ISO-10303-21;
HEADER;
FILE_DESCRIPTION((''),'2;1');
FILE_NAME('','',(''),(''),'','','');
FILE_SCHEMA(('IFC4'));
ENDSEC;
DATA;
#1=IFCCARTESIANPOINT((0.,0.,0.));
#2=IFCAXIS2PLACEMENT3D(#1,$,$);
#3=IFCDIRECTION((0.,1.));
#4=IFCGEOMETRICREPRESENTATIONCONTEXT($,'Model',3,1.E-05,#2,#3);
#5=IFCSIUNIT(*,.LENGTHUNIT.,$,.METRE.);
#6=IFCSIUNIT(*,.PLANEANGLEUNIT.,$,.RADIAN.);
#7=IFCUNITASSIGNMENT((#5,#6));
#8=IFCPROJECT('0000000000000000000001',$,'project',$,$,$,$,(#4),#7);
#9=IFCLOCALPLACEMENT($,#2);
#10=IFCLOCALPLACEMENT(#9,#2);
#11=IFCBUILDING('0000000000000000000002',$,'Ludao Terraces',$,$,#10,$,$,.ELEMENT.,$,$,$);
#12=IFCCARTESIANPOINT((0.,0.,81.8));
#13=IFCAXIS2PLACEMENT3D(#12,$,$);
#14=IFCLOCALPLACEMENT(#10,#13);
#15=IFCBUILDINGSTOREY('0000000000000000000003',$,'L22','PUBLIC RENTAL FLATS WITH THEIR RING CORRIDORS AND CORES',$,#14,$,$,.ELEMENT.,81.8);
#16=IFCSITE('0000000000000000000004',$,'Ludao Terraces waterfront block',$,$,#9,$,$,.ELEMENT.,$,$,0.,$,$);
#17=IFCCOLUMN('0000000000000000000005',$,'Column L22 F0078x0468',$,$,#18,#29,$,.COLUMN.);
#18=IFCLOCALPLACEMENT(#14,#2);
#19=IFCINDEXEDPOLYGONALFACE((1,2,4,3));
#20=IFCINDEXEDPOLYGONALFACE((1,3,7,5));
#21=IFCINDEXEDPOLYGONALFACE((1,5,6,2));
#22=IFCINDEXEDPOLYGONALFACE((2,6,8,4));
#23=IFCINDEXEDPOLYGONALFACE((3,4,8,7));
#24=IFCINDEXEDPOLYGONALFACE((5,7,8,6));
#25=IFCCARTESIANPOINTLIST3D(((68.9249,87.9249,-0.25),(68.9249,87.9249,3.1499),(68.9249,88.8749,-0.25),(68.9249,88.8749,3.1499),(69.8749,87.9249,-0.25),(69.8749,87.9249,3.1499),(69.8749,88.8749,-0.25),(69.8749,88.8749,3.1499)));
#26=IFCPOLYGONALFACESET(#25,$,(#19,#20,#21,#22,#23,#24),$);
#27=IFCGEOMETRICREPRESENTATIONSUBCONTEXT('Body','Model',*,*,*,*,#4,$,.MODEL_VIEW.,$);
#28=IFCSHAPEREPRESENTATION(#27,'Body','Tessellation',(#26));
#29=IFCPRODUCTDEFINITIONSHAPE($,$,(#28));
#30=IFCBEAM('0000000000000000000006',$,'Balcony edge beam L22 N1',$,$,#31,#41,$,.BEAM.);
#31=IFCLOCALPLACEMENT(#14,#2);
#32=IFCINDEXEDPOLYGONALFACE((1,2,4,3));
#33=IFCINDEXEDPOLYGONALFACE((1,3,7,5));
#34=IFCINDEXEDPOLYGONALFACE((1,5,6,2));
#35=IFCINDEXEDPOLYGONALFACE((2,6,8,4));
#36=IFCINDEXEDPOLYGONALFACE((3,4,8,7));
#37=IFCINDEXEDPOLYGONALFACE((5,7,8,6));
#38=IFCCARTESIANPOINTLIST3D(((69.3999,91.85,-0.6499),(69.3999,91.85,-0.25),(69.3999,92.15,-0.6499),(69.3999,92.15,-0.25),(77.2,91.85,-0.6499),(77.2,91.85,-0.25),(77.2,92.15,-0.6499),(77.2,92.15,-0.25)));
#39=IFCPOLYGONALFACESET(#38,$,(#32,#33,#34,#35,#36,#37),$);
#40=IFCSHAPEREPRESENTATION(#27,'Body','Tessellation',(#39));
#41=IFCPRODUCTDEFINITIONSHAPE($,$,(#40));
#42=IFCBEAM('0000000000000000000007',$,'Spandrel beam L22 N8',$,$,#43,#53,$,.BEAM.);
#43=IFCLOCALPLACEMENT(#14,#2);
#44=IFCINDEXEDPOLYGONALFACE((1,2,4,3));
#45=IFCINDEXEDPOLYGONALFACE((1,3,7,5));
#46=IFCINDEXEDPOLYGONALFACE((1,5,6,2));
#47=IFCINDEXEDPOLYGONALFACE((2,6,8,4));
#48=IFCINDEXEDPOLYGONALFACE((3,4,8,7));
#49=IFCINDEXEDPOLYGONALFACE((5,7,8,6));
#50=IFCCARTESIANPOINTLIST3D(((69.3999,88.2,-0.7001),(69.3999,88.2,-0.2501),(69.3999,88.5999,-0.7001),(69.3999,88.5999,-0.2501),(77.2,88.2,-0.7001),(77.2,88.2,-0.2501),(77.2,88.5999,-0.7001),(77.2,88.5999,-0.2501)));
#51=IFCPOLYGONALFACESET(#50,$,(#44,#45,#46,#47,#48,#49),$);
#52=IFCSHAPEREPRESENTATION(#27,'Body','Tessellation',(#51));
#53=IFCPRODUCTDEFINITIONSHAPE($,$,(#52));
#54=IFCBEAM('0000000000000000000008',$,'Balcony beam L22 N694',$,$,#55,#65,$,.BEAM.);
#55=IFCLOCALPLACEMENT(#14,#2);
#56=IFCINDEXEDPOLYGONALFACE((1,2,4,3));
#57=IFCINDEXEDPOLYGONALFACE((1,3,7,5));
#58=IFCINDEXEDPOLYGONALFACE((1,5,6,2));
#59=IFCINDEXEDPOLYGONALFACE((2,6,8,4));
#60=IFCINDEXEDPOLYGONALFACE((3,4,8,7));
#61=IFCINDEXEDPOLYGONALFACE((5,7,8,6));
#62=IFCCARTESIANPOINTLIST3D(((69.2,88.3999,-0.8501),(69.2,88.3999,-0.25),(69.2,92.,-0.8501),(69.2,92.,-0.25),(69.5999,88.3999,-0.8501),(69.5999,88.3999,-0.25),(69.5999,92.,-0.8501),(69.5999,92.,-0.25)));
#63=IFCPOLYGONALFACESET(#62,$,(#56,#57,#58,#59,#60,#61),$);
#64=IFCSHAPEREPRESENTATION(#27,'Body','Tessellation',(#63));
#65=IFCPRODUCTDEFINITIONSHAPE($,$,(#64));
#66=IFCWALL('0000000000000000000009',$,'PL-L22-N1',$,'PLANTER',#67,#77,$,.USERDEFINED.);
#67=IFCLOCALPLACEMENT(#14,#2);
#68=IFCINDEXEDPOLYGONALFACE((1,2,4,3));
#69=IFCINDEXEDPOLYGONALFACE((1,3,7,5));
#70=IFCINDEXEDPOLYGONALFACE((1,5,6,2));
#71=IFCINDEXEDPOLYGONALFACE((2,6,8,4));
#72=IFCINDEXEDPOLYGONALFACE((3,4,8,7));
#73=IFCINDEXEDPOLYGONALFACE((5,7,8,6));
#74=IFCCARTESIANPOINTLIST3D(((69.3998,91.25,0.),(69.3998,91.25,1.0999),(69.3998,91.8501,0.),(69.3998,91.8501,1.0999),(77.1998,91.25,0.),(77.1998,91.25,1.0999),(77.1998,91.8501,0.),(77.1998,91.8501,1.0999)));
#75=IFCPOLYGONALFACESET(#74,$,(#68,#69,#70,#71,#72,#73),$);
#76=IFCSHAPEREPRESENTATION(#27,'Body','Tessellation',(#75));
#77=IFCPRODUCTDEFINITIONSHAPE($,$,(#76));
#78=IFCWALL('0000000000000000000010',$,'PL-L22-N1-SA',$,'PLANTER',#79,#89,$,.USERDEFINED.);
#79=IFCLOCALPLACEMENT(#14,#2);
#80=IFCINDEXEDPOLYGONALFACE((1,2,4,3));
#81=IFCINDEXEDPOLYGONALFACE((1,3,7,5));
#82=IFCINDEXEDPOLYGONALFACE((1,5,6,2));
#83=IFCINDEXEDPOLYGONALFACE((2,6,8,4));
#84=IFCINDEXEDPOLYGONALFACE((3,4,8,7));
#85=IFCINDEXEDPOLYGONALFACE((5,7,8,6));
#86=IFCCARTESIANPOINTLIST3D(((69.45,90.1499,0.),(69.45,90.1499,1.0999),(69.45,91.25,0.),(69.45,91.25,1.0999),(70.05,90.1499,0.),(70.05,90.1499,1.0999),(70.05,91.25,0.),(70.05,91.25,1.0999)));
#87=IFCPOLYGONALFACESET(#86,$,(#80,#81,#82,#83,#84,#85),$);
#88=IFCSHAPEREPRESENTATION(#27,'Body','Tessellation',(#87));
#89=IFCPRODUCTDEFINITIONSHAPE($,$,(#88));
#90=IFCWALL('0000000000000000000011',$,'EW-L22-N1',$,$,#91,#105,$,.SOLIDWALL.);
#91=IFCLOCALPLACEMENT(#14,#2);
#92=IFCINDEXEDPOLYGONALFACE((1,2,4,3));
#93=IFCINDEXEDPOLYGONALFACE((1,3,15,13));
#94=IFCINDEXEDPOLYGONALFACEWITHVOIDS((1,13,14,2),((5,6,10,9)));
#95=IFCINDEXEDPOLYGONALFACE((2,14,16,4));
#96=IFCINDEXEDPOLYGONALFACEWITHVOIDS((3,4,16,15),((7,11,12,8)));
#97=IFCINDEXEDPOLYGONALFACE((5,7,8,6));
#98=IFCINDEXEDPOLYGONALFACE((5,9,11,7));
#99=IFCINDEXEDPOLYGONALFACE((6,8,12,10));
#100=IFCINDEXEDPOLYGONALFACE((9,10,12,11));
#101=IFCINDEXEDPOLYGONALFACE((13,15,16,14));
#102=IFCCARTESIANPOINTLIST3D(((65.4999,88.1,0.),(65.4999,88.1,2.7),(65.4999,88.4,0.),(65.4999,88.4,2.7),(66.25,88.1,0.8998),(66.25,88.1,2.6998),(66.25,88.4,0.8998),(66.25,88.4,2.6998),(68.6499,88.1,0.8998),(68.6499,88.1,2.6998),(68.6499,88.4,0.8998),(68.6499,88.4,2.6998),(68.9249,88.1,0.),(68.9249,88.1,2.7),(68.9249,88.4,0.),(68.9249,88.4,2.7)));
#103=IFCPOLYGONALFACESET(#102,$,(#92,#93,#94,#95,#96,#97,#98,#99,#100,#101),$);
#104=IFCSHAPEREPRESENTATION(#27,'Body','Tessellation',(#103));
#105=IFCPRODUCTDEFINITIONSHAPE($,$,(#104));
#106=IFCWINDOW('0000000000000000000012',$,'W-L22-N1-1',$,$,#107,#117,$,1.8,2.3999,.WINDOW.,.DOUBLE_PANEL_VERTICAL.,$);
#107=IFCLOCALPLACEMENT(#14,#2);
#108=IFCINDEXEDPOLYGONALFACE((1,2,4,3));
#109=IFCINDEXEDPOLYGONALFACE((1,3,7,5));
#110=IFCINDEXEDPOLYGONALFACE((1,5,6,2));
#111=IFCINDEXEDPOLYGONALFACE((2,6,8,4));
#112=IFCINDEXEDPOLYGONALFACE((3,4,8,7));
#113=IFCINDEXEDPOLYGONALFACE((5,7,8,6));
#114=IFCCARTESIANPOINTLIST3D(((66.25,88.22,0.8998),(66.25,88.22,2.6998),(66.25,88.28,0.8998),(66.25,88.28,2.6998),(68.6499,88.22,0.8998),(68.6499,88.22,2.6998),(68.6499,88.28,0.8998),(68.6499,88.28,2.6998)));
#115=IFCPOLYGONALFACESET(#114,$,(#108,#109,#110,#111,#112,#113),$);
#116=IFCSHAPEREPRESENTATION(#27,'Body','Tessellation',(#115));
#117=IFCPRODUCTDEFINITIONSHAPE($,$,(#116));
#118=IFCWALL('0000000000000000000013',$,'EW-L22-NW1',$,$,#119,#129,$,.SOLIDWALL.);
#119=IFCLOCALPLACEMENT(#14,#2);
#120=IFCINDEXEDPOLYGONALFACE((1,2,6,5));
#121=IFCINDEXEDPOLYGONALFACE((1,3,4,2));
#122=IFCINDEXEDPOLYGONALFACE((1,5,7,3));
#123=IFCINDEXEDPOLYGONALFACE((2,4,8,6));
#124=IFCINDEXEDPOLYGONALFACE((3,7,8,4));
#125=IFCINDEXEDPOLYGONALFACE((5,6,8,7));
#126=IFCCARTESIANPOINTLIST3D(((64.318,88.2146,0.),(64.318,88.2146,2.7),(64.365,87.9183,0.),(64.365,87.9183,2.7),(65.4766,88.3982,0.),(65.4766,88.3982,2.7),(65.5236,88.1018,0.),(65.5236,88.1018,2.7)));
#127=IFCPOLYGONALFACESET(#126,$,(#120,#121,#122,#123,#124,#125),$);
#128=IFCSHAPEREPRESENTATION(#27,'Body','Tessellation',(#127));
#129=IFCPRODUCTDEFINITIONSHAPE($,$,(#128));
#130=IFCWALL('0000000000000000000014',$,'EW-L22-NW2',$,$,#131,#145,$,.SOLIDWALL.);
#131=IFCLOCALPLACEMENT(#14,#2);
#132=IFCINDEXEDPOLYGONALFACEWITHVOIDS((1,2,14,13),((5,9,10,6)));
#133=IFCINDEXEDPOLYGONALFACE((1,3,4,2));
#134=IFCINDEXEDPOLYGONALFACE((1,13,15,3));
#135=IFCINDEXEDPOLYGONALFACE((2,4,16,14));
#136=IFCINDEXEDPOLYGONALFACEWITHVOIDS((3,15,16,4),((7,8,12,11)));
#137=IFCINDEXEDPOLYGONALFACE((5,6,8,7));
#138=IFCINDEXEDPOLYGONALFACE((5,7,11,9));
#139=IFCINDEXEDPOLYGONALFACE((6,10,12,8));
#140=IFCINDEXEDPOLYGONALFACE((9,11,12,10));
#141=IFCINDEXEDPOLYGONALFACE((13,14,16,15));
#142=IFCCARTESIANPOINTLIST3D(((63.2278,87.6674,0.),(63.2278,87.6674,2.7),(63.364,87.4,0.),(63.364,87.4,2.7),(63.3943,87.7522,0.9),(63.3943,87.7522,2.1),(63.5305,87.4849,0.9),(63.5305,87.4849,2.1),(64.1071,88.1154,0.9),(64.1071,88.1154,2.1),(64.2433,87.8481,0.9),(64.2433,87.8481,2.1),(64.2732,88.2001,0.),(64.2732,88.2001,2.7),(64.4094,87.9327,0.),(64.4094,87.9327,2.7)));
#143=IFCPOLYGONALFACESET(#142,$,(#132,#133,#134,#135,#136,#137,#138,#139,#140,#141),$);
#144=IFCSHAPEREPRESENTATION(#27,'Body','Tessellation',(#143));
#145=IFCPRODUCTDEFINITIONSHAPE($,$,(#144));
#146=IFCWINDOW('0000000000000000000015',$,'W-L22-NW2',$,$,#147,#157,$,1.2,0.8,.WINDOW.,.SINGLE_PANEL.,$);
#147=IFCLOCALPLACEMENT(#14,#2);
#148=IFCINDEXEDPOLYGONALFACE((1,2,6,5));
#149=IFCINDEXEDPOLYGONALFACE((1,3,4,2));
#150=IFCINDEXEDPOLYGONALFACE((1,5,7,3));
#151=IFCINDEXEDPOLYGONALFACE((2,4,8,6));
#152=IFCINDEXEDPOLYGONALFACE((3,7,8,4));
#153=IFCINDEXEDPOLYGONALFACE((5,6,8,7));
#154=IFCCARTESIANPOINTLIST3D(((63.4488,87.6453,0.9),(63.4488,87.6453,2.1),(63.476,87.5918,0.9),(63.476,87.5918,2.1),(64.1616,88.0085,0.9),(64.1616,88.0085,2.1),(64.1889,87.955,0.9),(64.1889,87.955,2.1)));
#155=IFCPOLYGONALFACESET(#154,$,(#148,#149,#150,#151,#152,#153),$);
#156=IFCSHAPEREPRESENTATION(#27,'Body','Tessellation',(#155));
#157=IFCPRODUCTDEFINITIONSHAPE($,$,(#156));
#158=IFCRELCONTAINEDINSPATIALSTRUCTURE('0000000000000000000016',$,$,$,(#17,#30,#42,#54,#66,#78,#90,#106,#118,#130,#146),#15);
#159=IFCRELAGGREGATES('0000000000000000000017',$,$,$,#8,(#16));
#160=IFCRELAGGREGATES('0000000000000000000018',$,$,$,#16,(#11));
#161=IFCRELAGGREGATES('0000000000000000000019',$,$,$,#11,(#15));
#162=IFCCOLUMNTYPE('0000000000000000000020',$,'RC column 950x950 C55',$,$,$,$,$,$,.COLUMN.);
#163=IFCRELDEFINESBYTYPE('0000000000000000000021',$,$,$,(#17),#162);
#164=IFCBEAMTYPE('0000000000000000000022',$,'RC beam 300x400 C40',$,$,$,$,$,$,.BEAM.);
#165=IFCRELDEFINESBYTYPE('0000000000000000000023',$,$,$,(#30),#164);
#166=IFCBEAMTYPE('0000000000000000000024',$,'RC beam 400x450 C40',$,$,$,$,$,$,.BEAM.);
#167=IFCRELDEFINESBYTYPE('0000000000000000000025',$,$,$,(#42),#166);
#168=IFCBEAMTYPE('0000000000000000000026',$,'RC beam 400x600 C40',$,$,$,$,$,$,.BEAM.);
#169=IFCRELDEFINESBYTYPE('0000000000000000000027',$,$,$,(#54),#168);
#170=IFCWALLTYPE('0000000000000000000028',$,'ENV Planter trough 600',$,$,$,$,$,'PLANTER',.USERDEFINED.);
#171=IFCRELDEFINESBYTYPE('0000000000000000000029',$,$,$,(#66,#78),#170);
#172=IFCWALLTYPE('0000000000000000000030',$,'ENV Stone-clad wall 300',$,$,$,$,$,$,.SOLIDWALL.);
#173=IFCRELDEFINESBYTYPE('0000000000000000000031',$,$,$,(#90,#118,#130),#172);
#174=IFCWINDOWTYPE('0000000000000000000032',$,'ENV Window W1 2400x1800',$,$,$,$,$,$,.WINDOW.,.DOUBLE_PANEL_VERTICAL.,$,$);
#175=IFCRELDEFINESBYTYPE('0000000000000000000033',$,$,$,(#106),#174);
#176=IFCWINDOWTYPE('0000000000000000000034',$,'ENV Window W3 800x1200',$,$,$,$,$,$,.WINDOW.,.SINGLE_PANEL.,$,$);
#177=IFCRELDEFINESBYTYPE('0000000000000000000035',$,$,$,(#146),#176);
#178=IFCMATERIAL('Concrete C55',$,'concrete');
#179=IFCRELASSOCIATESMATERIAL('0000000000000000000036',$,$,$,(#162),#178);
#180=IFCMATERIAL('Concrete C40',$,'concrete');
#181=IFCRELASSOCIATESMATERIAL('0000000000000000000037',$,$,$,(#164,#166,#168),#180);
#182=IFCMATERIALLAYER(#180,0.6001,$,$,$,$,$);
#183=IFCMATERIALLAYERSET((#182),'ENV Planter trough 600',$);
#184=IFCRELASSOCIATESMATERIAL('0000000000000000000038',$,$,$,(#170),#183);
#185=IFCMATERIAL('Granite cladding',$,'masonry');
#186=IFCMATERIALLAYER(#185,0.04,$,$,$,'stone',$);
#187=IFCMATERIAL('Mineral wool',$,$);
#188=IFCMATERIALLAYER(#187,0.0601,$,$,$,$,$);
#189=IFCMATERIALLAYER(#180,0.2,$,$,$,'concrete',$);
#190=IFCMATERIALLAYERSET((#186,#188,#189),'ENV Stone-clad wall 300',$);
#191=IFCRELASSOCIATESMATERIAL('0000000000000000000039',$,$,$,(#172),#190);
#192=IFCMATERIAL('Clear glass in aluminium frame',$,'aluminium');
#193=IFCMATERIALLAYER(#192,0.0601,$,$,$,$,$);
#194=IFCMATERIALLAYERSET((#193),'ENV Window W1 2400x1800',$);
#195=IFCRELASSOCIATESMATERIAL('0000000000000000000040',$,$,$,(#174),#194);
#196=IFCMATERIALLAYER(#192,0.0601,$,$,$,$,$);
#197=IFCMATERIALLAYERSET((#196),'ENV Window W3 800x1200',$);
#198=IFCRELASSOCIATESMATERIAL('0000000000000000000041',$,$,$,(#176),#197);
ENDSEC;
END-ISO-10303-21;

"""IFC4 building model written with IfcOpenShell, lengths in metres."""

from ifc_helpers import new_model, si_unit, direction, frame, frame_2d, origin, origin_2d, place, context, subcontext, project, spatial, rectangle, extrude, material, layer, layer_set, material_profile, profile_set, type_object, element, fill, save


model = new_model("IFC4")

# Units and contexts
model_context = context("Model", 3, precision=1e-05, world=origin(), true_north=direction((0.0, 1.0)))
body_context = subcontext(model_context, "Body", "Model", "MODEL_VIEW")
ifc_project = project(units=[si_unit("LENGTHUNIT", "METRE"), si_unit("PLANEANGLEUNIT", "RADIAN")], contexts=[model_context])

# Site, building, storey
site_placement = place(None, origin())
site = spatial("IfcSite", under=ifc_project, at=site_placement, Name="Ludao Terraces waterfront block", CompositionType="ELEMENT", RefElevation=0.0)
building_placement = place(site_placement, origin())
building = spatial("IfcBuilding", under=site, at=building_placement, Name="Ludao Terraces", CompositionType="ELEMENT")
storey_placement = place(building_placement, frame((0.0, 0.0, 81.8)))
storey = spatial("IfcBuildingStorey", under=building, at=storey_placement, Name="L22", Description="PUBLIC RENTAL FLATS WITH THEIR RING CORRIDORS AND CORES", CompositionType="ELEMENT", Elevation=81.8)

# Column
ifc_material_1 = material(Name="Concrete C55", Category="concrete")
ifc_material_profile_1 = material_profile(ifc_material_1, rectangle(XDim=0.95, YDim=0.95, at=origin_2d()), Name="950 X 950")
ifc_profile_set_1 = profile_set([ifc_material_profile_1], Name="Concrete C55")
column_type = type_object("IfcColumnType", Name="RC column 950x950 C55", PredefinedType="COLUMN", material=ifc_profile_set_1)
column_placement = place(storey_placement, frame((69.3999, 88.3999, -0.25), z_axis=(0.0, 0.0, 1.0), x_axis=(1.0, 0.0, 0.0)))
element("IfcColumn", 1, at=column_placement, inside=storey, type_object=column_type, Name="Column L22 F0078x0468", PredefinedType="COLUMN", context=body_context, shape_type="SweptSolid", body=[
    extrude(rectangle(XDim=0.95, YDim=0.95, at=origin_2d()), origin(), (0.0, 0.0, 1.0), 3.3999),
])

# Beams
ifc_material_2 = material(Name="Concrete C40", Category="concrete")
ifc_material_profile_2 = material_profile(ifc_material_2, rectangle(XDim=0.3, YDim=0.3999, at=origin_2d()), Name="300 X 400")
ifc_profile_set_2 = profile_set([ifc_material_profile_2], Name="Concrete C40")
beam_type_1 = type_object("IfcBeamType", Name="RC beam 300x400 C40", PredefinedType="BEAM", material=ifc_profile_set_2)
beam_1_placement = place(storey_placement, frame((69.3999, 92.0, -0.45), z_axis=(1.0, 0.0, 0.0), x_axis=(0.0, 1.0, 0.0)))
element("IfcBeam", 2, at=beam_1_placement, inside=storey, type_object=beam_type_1, Name="Balcony edge beam L22 N1", PredefinedType="BEAM", context=body_context, shape_type="SweptSolid", body=[
    extrude(rectangle(XDim=0.3, YDim=0.3999, at=origin_2d()), origin(), (0.0, 0.0, 1.0), 7.8),
])
ifc_material_profile_3 = material_profile(ifc_material_2, rectangle(XDim=0.3999, YDim=0.45, at=origin_2d()), Name="400 X 450")
ifc_profile_set_3 = profile_set([ifc_material_profile_3], Name="Concrete C40")
beam_type_2 = type_object("IfcBeamType", Name="RC beam 400x450 C40", PredefinedType="BEAM", material=ifc_profile_set_3)
beam_2_placement = place(storey_placement, frame((69.3999, 88.3999, -0.4751), z_axis=(1.0, 0.0, 0.0), x_axis=(0.0, 1.0, 0.0)))
element("IfcBeam", 3, at=beam_2_placement, inside=storey, type_object=beam_type_2, Name="Spandrel beam L22 N8", PredefinedType="BEAM", context=body_context, shape_type="SweptSolid", body=[
    extrude(rectangle(XDim=0.3999, YDim=0.45, at=origin_2d()), origin(), (0.0, 0.0, 1.0), 7.8),
])
ifc_material_profile_4 = material_profile(ifc_material_2, rectangle(XDim=0.3999, YDim=0.6001, at=origin_2d()), Name="400 X 600")
ifc_profile_set_4 = profile_set([ifc_material_profile_4], Name="Concrete C40")
beam_type_3 = type_object("IfcBeamType", Name="RC beam 400x600 C40", PredefinedType="BEAM", material=ifc_profile_set_4)
beam_3_placement = place(storey_placement, frame((69.3999, 88.3999, -0.55), z_axis=(0.0, 1.0, 0.0), x_axis=(-1.0, 0.0, 0.0)))
element("IfcBeam", 4, at=beam_3_placement, inside=storey, type_object=beam_type_3, Name="Balcony beam L22 N694", PredefinedType="BEAM", context=body_context, shape_type="SweptSolid", body=[
    extrude(rectangle(XDim=0.3999, YDim=0.6001, at=origin_2d()), origin(), (0.0, 0.0, 1.0), 3.6001),
])

# Walls
ifc_layer_1 = layer(ifc_material_2, 0.6001)
ifc_layer_set_1 = layer_set([ifc_layer_1], Name="ENV Planter trough 600")
wall_type_1 = type_object("IfcWallType", Name="ENV Planter trough 600", ElementType="PLANTER", PredefinedType="USERDEFINED", material=ifc_layer_set_1)
wall_1_placement = place(storey_placement, frame((69.3999, 91.55, 0.0), z_axis=(0.0, 0.0, 1.0), x_axis=(1.0, 0.0, 0.0)))
element("IfcWall", 5, at=wall_1_placement, inside=storey, type_object=wall_type_1, Name="PL-L22-N1", ObjectType="PLANTER", PredefinedType="USERDEFINED", context=body_context, shape_type="SweptSolid", body=[
    extrude(rectangle(XDim=7.8, YDim=0.6001, at=frame_2d((3.8999, 0.0))), origin(), (0.0, 0.0, 1.0), 1.0999),
])
wall_2_placement = place(storey_placement, frame((69.75, 91.25, 0.0), z_axis=(0.0, 0.0, 1.0), x_axis=(0.0, -1.0, 0.0)))
element("IfcWall", 6, at=wall_2_placement, inside=storey, type_object=wall_type_1, Name="PL-L22-N1-SA", ObjectType="PLANTER", PredefinedType="USERDEFINED", context=body_context, shape_type="SweptSolid", body=[
    extrude(rectangle(XDim=1.1001, YDim=0.6001, at=frame_2d((0.55, 0.0))), origin(), (0.0, 0.0, 1.0), 1.0999),
])

# Wall, opening, window
ifc_material_3 = material(Name="Granite cladding", Category="masonry")
ifc_layer_2 = layer(ifc_material_3, 0.04, Category="stone")
ifc_material_4 = material(Name="Mineral wool")
ifc_layer_3 = layer(ifc_material_4, 0.0601)
ifc_layer_4 = layer(ifc_material_2, 0.2, Category="concrete")
ifc_layer_set_2 = layer_set([ifc_layer_2, ifc_layer_3, ifc_layer_4], Name="ENV Stone-clad wall 300")
wall_type_2 = type_object("IfcWallType", Name="ENV Stone-clad wall 300", PredefinedType="SOLIDWALL", material=ifc_layer_set_2)
wall_3_placement = place(storey_placement, frame((65.5, 88.25, 0.0), z_axis=(0.0, 0.0, 1.0), x_axis=(1.0, 0.0, 0.0)))
wall_3 = element("IfcWall", 7, at=wall_3_placement, inside=storey, type_object=wall_type_2, Name="EW-L22-N1", PredefinedType="SOLIDWALL", context=body_context, shape_type="SweptSolid", body=[
    extrude(rectangle(XDim=3.425, YDim=0.3, at=frame_2d((1.7124, 0.0))), origin(), (0.0, 0.0, 1.0), 2.7),
])
opening_1_placement = place(wall_3_placement, frame((0.75, 0.0, 0.8999)))
opening_1 = element("IfcOpeningElement", 8, at=opening_1_placement, cuts=wall_3, PredefinedType="OPENING", context=body_context, shape_type="SweptSolid", body=[
    extrude(rectangle(XDim=2.3999, YDim=1.8, at=frame_2d((1.2, 0.8999))), frame((0.0, 0.1602, 0.0), z_axis=(0.0, -1.0, 0.0), x_axis=(1.0, 0.0, 0.0)), (0.0, 0.0, 1.0), 0.3201),
])
ifc_material_5 = material(Name="Clear glass in aluminium frame", Category="aluminium")
ifc_layer_5 = layer(ifc_material_5, 0.0601)
ifc_layer_set_3 = layer_set([ifc_layer_5], Name="ENV Window W1 2400x1800")
window_type_1 = type_object("IfcWindowType", Name="ENV Window W1 2400x1800", PartitioningType="DOUBLE_PANEL_VERTICAL", PredefinedType="WINDOW", material=ifc_layer_set_3)
window_1_placement = place(opening_1_placement, origin())
window_1 = element("IfcWindow", 9, at=window_1_placement, inside=storey, type_object=window_type_1, Name="W-L22-N1-1", OverallHeight=1.8, OverallWidth=2.3999, PartitioningType="DOUBLE_PANEL_VERTICAL", PredefinedType="WINDOW", context=body_context, shape_type="SweptSolid", body=[
    extrude(rectangle(XDim=2.3999, YDim=1.8, at=frame_2d((1.2, 0.8999))), frame((0.0, 0.03, 0.0), z_axis=(0.0, -1.0, 0.0), x_axis=(1.0, 0.0, 0.0)), (0.0, 0.0, 1.0), 0.0601),
])
fill(opening_1, window_1)

# Wall
wall_4_placement = place(storey_placement, frame((65.5, 88.25, 0.0), z_axis=(0.0, 0.0, 1.0), x_axis=(-0.987678, -0.156497, 0.0)))
element("IfcWall", 10, at=wall_4_placement, inside=storey, type_object=wall_type_2, Name="EW-L22-NW1", PredefinedType="SOLIDWALL", context=body_context, shape_type="SweptSolid", body=[
    extrude(rectangle(XDim=1.1731, YDim=0.3, at=frame_2d((0.5864, 0.0))), origin(), (0.0, 0.0, 1.0), 2.7),
])

# Wall, opening, window
wall_5_placement = place(storey_placement, frame((64.3413, 88.0664, 0.0), z_axis=(0.0, 0.0, 1.0), x_axis=(-0.890989, -0.454026, 0.0)))
wall_5 = element("IfcWall", 11, at=wall_5_placement, inside=storey, type_object=wall_type_2, Name="EW-L22-NW2", PredefinedType="SOLIDWALL", context=body_context, shape_type="SweptSolid", body=[
    extrude(rectangle(XDim=1.1733, YDim=0.3, at=frame_2d((0.5867, 0.0))), origin(), (0.0, 0.0, 1.0), 2.7),
])
opening_2_placement = place(wall_5_placement, frame((0.1865, 0.0, 0.8999)))
opening_2 = element("IfcOpeningElement", 12, at=opening_2_placement, cuts=wall_5, PredefinedType="OPENING", context=body_context, shape_type="SweptSolid", body=[
    extrude(rectangle(XDim=0.8, YDim=1.2, at=frame_2d((0.3999, 0.6001))), frame((0.0, 0.1602, 0.0), z_axis=(0.0, -1.0, 0.0), x_axis=(1.0, 0.0, 0.0)), (0.0, 0.0, 1.0), 0.3201),
])
ifc_layer_6 = layer(ifc_material_5, 0.0601)
ifc_layer_set_4 = layer_set([ifc_layer_6], Name="ENV Window W3 800x1200")
window_type_2 = type_object("IfcWindowType", Name="ENV Window W3 800x1200", PartitioningType="SINGLE_PANEL", PredefinedType="WINDOW", material=ifc_layer_set_4)
window_2_placement = place(opening_2_placement, origin())
window_2 = element("IfcWindow", 13, at=window_2_placement, inside=storey, type_object=window_type_2, Name="W-L22-NW2", OverallHeight=1.2, OverallWidth=0.8, PartitioningType="SINGLE_PANEL", PredefinedType="WINDOW", context=body_context, shape_type="SweptSolid", body=[
    extrude(rectangle(XDim=0.8, YDim=1.2, at=frame_2d((0.3999, 0.6001))), frame((0.0, 0.03, 0.0), z_axis=(0.0, -1.0, 0.0), x_axis=(1.0, 0.0, 0.0)), (0.0, 0.0, 1.0), 0.0601),
])
fill(opening_2, window_2)

save(model, "model.ifc")
